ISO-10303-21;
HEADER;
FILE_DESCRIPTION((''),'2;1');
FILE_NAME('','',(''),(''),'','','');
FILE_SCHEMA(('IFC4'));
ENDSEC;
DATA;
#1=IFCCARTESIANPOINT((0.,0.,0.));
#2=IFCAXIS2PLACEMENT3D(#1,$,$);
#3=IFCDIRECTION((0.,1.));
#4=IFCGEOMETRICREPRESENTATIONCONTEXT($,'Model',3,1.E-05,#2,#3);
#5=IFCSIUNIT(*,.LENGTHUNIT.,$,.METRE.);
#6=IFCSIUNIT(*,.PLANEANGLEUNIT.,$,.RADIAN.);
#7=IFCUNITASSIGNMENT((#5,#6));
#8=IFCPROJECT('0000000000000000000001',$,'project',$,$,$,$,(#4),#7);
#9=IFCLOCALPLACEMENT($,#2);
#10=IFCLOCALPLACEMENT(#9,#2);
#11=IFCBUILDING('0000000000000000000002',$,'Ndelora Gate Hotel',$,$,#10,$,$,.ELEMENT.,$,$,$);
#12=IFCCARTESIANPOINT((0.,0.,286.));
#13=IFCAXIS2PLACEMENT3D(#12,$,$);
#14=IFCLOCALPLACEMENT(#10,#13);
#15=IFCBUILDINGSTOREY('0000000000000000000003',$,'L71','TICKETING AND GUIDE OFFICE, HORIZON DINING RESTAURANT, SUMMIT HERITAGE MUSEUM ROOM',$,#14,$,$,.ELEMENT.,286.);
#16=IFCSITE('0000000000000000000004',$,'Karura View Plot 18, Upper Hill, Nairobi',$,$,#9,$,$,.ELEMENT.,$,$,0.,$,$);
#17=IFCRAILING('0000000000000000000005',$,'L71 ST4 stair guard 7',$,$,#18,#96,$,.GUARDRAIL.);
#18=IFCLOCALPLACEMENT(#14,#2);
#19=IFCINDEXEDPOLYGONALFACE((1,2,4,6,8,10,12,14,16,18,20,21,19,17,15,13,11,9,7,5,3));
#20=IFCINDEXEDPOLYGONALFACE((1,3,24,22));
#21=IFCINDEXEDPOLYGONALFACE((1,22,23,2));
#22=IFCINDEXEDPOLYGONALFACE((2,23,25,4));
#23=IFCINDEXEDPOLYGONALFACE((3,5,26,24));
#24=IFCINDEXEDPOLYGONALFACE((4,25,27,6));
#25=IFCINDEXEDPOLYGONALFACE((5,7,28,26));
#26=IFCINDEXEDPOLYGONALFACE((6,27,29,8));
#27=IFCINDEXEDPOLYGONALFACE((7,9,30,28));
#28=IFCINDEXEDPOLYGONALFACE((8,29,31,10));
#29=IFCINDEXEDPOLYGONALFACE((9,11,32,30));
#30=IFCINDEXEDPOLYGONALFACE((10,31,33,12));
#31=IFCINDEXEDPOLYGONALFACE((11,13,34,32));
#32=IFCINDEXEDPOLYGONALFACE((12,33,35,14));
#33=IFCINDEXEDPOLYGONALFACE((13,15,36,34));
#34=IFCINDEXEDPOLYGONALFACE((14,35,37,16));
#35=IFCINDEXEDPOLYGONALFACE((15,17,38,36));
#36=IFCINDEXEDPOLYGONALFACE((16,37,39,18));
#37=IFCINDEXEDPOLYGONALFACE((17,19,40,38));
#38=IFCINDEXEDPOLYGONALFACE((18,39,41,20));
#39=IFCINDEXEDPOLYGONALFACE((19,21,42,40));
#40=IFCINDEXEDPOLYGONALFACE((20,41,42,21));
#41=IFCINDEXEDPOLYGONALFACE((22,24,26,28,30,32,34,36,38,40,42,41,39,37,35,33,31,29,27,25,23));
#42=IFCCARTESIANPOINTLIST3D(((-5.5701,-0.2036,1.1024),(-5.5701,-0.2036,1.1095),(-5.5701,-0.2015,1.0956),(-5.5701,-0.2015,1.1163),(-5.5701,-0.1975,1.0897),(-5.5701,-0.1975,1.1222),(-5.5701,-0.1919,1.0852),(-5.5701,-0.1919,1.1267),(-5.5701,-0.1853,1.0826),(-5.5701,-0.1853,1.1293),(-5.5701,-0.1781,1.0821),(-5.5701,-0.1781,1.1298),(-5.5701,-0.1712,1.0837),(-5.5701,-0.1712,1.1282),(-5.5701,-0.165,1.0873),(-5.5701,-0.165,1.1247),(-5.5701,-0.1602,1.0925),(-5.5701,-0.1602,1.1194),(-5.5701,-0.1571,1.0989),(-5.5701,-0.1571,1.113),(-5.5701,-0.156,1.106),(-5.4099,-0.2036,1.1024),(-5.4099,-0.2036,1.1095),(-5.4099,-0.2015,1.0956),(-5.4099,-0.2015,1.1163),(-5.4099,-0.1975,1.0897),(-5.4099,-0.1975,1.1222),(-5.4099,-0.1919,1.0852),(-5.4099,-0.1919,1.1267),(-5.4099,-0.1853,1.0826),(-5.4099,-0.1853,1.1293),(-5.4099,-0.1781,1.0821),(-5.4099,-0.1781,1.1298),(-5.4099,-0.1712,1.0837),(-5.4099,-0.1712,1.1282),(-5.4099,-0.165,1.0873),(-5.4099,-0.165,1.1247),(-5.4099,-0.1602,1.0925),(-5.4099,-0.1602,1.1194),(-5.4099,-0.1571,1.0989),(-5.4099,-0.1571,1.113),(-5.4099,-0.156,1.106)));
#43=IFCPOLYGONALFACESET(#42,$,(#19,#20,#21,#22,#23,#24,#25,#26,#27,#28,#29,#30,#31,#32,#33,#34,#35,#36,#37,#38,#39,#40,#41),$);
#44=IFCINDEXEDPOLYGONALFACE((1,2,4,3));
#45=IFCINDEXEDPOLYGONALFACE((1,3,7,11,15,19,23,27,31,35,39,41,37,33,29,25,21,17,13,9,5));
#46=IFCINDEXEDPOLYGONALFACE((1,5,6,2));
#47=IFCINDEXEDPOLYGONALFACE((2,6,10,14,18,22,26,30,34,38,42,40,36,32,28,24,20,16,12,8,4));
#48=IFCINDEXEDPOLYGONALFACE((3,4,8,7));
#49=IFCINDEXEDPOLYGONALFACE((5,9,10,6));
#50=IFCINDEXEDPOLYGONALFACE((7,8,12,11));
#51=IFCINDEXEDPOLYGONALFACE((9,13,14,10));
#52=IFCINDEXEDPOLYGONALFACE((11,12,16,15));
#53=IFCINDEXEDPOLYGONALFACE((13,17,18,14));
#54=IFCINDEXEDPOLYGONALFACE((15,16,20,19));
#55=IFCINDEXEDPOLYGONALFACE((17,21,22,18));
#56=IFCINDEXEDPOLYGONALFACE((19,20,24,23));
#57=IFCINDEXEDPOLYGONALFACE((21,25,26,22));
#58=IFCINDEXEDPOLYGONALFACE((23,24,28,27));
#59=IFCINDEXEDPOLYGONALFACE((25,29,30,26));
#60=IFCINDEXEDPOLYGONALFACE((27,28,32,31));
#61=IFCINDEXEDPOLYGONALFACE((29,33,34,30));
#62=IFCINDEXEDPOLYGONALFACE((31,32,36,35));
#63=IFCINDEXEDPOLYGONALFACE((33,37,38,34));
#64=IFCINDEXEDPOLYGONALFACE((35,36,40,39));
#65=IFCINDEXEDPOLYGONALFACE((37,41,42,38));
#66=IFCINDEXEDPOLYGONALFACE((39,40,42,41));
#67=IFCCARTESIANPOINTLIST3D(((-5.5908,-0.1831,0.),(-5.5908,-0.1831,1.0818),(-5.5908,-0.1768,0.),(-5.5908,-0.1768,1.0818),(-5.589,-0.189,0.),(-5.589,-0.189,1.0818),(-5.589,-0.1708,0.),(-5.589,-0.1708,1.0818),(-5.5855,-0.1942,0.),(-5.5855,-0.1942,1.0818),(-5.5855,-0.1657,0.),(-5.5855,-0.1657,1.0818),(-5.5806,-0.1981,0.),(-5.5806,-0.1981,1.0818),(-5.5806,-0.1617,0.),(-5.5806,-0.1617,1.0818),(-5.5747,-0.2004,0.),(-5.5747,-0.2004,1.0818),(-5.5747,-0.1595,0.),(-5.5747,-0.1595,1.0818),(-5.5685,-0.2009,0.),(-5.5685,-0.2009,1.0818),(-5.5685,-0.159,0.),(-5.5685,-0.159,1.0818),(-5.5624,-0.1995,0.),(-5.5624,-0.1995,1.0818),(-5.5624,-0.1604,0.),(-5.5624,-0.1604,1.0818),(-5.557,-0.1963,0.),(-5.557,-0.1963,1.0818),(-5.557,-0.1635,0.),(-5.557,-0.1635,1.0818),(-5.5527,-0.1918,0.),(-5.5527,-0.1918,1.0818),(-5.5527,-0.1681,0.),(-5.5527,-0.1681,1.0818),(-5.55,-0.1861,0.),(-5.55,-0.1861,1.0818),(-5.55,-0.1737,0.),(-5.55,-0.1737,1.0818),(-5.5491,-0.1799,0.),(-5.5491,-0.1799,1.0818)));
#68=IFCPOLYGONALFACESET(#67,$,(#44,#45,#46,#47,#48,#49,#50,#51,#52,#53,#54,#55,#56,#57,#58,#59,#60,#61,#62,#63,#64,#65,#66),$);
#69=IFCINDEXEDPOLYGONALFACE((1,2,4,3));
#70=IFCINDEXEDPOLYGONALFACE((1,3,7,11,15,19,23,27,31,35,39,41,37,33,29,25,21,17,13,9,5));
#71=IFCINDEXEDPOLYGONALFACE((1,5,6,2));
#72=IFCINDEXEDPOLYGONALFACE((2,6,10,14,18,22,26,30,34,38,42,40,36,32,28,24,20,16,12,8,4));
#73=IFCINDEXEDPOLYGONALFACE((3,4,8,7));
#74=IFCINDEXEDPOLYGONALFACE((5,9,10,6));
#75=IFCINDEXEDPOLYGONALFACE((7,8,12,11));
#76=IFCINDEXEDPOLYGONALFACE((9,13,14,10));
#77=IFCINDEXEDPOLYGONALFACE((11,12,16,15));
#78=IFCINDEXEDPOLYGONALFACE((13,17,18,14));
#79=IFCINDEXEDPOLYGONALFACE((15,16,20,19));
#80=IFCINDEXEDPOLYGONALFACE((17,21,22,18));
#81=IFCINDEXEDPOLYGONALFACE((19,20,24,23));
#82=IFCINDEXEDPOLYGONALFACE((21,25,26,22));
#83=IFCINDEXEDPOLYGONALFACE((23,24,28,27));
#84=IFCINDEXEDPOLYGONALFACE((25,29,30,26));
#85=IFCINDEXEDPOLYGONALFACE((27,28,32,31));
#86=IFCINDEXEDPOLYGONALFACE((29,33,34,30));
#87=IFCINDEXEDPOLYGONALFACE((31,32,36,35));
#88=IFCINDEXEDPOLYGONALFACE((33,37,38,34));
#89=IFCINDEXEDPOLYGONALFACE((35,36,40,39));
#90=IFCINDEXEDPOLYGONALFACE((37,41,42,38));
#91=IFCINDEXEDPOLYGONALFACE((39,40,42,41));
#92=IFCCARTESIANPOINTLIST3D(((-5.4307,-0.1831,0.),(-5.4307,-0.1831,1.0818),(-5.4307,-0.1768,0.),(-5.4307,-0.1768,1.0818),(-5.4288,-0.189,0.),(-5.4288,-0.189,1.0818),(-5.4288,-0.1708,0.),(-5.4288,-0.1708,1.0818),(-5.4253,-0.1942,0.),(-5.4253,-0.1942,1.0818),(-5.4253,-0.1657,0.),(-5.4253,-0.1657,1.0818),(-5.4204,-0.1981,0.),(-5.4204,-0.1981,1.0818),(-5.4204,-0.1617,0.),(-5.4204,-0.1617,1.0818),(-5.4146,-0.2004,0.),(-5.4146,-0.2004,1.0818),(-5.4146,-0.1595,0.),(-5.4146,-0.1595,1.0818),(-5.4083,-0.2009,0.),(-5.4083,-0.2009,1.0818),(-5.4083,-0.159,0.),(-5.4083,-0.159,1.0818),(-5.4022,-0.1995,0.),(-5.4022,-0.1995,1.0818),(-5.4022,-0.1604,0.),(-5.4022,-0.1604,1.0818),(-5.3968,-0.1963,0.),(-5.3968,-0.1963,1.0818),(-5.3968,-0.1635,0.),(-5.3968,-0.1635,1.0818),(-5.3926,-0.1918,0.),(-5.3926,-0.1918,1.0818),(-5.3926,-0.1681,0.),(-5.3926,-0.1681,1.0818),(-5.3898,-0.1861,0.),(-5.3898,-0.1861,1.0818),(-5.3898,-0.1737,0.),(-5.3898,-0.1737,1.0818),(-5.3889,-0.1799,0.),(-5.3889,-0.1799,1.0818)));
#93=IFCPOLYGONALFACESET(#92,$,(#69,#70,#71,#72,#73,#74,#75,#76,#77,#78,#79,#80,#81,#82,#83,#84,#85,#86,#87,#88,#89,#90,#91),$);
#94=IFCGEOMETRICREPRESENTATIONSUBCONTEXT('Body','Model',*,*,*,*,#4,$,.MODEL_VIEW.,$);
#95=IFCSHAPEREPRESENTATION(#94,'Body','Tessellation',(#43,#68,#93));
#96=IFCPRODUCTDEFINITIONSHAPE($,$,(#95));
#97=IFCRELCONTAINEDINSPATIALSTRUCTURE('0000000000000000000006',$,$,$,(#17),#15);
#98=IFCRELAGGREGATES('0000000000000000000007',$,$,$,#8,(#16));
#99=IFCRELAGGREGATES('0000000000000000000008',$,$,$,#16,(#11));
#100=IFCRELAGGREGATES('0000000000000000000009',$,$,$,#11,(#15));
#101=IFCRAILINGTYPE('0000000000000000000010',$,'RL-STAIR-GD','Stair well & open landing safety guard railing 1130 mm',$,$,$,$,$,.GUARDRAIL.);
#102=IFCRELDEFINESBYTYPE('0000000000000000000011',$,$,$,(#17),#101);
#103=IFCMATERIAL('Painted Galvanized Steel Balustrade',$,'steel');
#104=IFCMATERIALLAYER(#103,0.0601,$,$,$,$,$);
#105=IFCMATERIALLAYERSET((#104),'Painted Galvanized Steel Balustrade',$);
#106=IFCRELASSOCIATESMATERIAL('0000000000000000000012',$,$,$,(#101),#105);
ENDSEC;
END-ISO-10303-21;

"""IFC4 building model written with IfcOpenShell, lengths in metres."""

from ifc_helpers import new_model, si_unit, direction, frame, origin, origin_2d, place, context, subcontext, project, spatial, circle, extrude, material, layer, layer_set, type_object, element, save


model = new_model("IFC4")

# Units and contexts
model_context = context("Model", 3, precision=1e-05, world=origin(), true_north=direction((0.0, 1.0)))
body_context = subcontext(model_context, "Body", "Model", "MODEL_VIEW")
ifc_project = project(units=[si_unit("LENGTHUNIT", "METRE"), si_unit("PLANEANGLEUNIT", "RADIAN")], contexts=[model_context])

# Site, building, storey
site_placement = place(None, origin())
site = spatial("IfcSite", under=ifc_project, at=site_placement, Name="Karura View Plot 18, Upper Hill, Nairobi", CompositionType="ELEMENT", RefElevation=0.0)
building_placement = place(site_placement, origin())
building = spatial("IfcBuilding", under=site, at=building_placement, Name="Ndelora Gate Hotel", CompositionType="ELEMENT")
storey_placement = place(building_placement, frame((0.0, 0.0, 286.0)))
storey = spatial("IfcBuildingStorey", under=building, at=storey_placement, Name="L71", Description="TICKETING AND GUIDE OFFICE, HORIZON DINING RESTAURANT, SUMMIT HERITAGE MUSEUM ROOM", CompositionType="ELEMENT", Elevation=286.0)

# Railing
ifc_material_1 = material(Name="Painted Galvanized Steel Balustrade", Category="steel")
ifc_layer_1 = layer(ifc_material_1, 0.0601)
ifc_layer_set_1 = layer_set([ifc_layer_1], Name="Painted Galvanized Steel Balustrade")
railing_type_1 = type_object("IfcRailingType", Name="RL-STAIR-GD", Description="Stair well & open landing safety guard railing 1130 mm", PredefinedType="GUARDRAIL", material=ifc_layer_set_1)
railing_1_placement = place(storey_placement, frame((-5.5701, -0.1799, 0.0)))
element("IfcRailing", 1, at=railing_1_placement, inside=storey, type_object=railing_type_1, Name="L71 ST4 stair guard 7", PredefinedType="GUARDRAIL", context=body_context, shape_type="SweptSolid", body=[
    extrude(circle(Radius=0.0239, at=origin_2d()), frame((0.0, 0.0, 1.106), z_axis=(1.0, 0.0, 0.0), x_axis=(0.0, 1.0, 0.0)), (0.0, 0.0, 1.0), 0.1602),
    extrude(circle(Radius=0.021, at=origin_2d()), origin(), (0.0, 0.0, 1.0), 1.0818),
    extrude(circle(Radius=0.021, at=origin_2d()), frame((0.1602, 0.0, 0.0)), (0.0, 0.0, 1.0), 1.0818),
])

save(model, "model.ifc")
